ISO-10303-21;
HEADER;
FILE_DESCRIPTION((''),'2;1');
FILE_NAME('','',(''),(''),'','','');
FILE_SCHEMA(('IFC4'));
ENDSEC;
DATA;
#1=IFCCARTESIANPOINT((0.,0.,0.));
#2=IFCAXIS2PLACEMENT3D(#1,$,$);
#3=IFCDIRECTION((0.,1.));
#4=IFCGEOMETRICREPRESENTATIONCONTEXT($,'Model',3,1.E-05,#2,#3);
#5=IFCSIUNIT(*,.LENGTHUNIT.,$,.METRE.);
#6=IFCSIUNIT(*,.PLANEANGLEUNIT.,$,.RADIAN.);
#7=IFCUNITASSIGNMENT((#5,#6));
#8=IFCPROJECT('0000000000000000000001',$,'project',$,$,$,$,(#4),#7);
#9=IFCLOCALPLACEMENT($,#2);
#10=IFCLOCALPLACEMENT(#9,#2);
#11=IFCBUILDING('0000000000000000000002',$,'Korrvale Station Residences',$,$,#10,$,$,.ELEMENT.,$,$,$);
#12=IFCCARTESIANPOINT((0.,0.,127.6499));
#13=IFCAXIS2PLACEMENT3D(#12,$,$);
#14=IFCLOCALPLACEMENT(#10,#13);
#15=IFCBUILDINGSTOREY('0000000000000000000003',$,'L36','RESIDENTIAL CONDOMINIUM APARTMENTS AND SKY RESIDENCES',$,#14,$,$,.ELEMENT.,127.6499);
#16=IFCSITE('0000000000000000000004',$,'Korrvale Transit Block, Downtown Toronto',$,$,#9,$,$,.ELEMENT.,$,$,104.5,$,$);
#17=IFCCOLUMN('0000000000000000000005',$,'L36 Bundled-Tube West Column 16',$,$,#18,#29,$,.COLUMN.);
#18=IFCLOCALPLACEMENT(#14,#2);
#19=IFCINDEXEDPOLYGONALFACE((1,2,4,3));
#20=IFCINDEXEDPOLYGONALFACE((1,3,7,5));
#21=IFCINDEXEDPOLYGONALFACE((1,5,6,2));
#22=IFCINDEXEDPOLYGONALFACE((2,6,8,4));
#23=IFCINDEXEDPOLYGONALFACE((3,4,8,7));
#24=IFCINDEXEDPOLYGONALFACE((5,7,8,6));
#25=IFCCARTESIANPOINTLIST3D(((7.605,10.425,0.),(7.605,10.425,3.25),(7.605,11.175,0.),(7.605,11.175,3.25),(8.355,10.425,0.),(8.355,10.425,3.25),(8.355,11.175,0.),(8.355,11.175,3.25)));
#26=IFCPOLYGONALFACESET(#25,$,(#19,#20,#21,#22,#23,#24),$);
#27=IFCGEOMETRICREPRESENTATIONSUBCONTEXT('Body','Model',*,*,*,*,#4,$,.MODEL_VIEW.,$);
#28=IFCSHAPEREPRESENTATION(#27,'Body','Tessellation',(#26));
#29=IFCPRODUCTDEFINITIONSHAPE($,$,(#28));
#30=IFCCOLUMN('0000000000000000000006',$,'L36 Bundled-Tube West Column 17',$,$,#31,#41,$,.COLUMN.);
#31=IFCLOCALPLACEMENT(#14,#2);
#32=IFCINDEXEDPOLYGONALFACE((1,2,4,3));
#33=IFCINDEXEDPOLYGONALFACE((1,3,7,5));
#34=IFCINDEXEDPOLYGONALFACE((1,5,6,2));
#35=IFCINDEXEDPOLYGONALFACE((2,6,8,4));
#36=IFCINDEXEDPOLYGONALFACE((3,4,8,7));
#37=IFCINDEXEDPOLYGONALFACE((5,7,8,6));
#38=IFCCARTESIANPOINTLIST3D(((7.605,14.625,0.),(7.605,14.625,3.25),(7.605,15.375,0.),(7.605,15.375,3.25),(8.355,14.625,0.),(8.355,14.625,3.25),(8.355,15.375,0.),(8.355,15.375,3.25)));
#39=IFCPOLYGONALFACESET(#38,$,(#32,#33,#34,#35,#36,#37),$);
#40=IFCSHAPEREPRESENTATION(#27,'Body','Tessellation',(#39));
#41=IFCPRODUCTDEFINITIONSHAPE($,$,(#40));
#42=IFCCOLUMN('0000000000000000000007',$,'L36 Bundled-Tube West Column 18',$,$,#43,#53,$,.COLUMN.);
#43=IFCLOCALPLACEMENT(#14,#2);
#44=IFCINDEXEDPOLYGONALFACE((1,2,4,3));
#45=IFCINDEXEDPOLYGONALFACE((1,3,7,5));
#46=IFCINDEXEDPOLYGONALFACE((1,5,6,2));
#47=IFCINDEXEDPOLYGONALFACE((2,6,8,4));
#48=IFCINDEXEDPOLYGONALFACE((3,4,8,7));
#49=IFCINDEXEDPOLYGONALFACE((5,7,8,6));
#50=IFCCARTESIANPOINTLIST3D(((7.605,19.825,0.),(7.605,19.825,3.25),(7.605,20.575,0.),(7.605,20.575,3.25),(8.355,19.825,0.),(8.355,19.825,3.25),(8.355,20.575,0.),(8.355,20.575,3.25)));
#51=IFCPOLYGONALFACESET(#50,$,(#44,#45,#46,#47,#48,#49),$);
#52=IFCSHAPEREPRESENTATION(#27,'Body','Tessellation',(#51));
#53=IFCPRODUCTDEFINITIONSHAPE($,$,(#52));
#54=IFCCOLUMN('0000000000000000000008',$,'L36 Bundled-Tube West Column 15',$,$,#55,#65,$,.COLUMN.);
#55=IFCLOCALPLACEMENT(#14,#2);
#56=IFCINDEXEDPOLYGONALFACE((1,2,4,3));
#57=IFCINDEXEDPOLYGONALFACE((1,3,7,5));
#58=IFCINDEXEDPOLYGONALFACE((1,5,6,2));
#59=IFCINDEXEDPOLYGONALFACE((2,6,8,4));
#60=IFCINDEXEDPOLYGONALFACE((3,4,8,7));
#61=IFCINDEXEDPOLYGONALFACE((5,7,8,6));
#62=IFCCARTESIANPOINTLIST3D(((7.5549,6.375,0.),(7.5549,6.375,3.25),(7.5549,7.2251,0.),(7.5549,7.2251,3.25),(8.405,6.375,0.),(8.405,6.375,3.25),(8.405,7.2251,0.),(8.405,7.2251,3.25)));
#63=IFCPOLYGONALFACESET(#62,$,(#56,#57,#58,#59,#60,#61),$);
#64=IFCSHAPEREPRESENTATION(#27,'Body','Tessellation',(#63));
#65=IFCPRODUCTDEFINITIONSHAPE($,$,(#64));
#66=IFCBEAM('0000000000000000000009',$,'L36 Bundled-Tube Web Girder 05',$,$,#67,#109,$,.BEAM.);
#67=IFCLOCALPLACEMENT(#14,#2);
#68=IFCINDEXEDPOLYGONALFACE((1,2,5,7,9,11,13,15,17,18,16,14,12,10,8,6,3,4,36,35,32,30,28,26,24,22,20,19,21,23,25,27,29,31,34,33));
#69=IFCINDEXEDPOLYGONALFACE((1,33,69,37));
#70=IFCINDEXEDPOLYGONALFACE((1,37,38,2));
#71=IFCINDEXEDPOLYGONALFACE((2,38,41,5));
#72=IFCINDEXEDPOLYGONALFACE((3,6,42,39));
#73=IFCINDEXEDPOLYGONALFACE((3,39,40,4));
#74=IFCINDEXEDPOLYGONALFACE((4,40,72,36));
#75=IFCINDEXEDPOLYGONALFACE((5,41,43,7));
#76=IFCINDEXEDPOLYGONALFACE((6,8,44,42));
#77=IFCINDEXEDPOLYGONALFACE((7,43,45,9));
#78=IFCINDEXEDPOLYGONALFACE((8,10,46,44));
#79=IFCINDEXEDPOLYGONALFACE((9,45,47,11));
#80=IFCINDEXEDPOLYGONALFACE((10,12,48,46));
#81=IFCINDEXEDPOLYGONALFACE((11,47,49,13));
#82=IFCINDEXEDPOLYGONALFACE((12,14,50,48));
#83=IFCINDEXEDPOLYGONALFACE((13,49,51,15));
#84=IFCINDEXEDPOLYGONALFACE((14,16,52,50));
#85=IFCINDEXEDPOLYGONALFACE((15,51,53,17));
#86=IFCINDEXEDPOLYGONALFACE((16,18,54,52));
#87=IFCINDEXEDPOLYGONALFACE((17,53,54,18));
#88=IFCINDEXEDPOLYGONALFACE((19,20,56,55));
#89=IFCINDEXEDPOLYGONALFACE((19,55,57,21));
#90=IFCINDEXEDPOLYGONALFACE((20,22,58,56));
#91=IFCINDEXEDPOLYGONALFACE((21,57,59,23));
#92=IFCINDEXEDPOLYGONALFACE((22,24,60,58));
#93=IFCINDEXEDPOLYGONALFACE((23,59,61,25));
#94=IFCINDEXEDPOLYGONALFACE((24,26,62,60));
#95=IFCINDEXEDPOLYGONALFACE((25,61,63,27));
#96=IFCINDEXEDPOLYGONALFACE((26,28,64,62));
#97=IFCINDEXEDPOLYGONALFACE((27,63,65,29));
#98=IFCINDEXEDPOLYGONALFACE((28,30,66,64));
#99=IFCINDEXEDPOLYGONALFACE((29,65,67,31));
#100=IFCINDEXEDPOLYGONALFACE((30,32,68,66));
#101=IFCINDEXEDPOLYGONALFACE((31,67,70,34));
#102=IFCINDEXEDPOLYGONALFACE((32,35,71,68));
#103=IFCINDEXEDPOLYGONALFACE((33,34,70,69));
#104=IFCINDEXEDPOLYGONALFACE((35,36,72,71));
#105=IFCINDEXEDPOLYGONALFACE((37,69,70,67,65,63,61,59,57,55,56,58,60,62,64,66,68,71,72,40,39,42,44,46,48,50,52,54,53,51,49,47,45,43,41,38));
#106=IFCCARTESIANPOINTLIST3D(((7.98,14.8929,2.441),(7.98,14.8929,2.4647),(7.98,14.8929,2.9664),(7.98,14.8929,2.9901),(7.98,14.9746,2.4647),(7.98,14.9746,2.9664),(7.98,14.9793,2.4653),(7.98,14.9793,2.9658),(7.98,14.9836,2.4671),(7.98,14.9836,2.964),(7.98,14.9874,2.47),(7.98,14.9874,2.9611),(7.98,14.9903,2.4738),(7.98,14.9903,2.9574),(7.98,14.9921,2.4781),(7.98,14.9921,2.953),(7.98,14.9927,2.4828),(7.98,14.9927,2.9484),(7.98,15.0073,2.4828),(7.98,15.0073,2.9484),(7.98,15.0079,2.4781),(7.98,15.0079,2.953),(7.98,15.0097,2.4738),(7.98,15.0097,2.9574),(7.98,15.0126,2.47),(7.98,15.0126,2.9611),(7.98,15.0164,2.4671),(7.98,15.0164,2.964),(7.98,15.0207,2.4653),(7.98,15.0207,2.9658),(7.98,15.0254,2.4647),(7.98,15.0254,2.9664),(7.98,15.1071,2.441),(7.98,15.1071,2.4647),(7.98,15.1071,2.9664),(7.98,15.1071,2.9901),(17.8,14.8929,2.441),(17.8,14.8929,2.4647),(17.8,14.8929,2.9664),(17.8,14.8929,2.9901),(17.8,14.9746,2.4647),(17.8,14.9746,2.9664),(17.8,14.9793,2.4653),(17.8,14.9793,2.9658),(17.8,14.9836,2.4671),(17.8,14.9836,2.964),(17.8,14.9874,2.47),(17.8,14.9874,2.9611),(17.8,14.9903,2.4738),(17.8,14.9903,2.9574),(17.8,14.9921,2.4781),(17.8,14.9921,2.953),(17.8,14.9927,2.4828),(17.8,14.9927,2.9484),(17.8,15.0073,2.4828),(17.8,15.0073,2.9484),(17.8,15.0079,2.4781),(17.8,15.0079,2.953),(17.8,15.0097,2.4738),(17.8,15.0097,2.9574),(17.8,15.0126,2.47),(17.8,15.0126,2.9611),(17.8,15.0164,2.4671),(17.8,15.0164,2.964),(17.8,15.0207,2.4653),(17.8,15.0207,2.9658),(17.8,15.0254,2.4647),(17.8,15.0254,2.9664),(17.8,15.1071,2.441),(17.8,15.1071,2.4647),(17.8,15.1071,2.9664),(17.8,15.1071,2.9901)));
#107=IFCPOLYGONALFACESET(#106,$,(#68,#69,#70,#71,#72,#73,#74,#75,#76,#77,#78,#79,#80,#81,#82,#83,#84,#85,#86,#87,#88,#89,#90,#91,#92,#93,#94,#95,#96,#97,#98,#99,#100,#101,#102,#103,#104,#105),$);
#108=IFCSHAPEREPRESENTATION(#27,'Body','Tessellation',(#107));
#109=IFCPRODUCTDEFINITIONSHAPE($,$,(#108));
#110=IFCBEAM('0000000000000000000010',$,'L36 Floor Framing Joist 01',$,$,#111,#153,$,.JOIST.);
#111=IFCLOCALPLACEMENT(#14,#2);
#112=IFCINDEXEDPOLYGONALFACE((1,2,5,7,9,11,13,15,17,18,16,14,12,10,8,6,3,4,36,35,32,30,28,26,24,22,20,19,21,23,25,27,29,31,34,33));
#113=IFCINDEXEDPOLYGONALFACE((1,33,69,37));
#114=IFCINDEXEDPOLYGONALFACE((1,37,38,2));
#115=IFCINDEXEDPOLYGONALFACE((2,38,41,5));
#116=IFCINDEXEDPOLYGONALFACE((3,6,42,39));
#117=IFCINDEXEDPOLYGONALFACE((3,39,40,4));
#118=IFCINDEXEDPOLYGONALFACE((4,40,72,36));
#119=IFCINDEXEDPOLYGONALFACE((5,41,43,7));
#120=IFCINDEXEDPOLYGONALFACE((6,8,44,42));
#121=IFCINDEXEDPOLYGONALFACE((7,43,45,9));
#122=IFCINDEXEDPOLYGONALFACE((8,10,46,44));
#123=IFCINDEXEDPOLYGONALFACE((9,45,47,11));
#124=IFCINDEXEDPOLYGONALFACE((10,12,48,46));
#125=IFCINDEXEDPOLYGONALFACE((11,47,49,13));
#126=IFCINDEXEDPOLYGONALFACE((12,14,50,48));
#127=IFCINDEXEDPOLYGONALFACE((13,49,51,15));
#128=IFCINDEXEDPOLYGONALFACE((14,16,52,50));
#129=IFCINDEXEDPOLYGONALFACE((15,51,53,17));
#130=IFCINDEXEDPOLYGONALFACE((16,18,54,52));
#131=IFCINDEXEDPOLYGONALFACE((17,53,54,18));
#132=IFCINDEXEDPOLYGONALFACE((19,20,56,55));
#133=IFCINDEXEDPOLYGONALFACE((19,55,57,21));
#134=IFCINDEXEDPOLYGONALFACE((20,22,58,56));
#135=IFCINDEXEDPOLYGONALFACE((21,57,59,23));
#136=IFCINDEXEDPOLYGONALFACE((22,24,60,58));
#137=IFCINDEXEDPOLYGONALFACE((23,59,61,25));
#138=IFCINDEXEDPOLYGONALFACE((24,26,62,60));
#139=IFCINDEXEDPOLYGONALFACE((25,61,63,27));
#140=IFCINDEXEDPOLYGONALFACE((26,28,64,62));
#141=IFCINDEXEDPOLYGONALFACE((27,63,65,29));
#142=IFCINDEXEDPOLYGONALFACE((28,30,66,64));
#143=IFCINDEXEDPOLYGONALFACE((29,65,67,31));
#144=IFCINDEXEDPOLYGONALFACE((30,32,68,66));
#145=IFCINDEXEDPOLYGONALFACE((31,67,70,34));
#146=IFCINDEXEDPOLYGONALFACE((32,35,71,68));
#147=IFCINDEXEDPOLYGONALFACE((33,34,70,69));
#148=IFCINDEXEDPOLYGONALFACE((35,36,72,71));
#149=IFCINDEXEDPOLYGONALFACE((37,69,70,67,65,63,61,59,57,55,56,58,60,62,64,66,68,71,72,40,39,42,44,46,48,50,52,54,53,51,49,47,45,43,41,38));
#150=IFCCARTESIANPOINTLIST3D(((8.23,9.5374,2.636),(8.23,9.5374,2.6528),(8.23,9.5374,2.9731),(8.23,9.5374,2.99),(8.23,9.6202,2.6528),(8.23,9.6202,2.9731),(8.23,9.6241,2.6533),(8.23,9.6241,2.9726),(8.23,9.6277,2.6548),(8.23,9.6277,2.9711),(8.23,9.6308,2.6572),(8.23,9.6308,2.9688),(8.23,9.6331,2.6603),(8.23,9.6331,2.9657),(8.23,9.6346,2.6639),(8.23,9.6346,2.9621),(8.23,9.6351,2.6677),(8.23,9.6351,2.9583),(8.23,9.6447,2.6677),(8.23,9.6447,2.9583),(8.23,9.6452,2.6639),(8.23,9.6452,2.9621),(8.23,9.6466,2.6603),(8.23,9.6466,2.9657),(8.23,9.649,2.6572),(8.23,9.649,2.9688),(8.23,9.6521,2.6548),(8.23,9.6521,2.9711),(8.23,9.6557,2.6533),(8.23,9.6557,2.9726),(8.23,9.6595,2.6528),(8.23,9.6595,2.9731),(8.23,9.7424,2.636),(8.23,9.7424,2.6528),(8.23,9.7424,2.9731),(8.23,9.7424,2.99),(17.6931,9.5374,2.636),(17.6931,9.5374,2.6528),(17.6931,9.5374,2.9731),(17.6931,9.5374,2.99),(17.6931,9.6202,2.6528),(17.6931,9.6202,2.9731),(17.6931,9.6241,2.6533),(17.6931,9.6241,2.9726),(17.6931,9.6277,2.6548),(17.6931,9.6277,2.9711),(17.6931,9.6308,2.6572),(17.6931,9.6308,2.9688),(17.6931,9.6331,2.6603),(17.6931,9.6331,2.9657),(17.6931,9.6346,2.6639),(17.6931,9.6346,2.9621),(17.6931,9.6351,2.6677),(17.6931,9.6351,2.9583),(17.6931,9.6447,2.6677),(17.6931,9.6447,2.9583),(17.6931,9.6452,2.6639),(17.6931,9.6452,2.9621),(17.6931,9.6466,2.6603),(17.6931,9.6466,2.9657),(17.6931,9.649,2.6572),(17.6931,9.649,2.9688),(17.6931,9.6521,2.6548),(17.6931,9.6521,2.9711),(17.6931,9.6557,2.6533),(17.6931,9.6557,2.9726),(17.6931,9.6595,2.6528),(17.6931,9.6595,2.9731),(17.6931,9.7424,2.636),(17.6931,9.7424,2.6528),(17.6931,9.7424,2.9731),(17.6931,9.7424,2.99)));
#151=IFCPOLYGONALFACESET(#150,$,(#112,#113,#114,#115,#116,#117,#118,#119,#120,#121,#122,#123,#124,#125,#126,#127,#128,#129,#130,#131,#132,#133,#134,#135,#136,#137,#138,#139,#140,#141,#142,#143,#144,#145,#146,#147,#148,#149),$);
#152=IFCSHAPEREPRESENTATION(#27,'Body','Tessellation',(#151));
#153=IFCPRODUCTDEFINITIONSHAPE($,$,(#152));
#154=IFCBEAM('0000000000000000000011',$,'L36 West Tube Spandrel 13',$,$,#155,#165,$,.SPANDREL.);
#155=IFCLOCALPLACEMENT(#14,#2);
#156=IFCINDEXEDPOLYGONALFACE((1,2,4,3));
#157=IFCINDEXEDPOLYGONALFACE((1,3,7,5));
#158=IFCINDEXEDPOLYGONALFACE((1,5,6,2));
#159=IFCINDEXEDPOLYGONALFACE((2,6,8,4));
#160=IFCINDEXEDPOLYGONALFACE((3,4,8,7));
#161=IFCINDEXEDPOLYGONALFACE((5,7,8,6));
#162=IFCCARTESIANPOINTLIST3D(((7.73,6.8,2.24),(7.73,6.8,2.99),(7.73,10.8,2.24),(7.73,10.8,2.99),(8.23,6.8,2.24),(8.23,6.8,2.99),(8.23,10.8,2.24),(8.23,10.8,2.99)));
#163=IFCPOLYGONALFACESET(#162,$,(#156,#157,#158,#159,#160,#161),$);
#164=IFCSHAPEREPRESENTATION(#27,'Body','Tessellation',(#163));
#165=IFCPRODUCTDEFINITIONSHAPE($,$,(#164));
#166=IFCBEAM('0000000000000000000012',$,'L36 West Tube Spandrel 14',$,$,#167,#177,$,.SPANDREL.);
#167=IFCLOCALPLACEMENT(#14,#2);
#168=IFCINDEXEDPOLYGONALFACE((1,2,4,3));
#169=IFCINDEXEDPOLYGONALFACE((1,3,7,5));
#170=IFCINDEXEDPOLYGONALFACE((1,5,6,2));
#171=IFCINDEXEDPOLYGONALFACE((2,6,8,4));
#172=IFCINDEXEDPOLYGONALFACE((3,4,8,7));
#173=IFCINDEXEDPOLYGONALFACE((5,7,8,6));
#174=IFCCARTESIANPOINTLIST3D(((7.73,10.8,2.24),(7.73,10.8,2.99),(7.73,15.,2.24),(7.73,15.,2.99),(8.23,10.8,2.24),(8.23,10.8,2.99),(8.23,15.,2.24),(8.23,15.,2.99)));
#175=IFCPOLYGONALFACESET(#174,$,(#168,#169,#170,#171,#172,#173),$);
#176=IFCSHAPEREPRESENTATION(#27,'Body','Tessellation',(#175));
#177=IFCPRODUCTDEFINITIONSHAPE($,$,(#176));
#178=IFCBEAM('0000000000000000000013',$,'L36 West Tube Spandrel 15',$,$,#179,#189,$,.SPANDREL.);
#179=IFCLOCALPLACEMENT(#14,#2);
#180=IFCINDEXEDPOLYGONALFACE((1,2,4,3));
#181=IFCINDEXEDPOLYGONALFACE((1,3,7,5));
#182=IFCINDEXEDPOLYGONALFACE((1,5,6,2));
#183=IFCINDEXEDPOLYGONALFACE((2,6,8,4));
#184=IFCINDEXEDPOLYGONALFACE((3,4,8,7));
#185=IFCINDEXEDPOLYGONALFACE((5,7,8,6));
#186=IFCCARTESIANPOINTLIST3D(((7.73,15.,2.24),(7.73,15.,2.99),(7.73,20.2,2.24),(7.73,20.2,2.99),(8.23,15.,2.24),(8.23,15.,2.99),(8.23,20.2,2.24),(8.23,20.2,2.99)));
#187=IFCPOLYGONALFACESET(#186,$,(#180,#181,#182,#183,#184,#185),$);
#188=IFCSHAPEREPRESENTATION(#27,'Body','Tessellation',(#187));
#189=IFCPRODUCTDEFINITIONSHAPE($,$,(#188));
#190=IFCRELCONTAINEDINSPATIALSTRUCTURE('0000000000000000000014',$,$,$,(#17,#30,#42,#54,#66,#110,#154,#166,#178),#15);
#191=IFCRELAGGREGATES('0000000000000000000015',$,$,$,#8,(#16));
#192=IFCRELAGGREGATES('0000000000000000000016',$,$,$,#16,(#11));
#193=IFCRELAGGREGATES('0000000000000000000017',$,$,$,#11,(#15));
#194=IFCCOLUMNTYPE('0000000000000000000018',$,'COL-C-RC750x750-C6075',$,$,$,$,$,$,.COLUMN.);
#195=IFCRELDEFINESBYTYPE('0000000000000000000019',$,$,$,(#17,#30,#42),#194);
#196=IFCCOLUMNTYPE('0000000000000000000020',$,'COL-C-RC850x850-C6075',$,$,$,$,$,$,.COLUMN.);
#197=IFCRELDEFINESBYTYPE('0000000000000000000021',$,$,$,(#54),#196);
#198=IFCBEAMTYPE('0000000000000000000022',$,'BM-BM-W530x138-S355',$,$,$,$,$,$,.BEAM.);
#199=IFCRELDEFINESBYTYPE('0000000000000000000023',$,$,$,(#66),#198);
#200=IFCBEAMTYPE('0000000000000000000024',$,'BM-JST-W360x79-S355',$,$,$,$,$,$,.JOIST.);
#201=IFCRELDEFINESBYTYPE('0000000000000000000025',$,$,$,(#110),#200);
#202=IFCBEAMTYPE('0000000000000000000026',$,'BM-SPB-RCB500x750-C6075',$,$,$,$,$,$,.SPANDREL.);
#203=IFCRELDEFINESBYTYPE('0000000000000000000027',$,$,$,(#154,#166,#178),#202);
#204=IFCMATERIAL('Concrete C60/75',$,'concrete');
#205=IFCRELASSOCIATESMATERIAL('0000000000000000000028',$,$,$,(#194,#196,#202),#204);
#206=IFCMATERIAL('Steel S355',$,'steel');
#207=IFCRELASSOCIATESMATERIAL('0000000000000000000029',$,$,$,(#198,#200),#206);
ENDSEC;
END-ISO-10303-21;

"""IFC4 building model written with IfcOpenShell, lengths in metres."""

from ifc_helpers import new_model, si_unit, direction, frame, origin, origin_2d, place, context, subcontext, project, spatial, rectangle, i_section, extrude, material, material_profile, profile_set, type_object, element, save


model = new_model("IFC4")

# Units and contexts
model_context = context("Model", 3, precision=1e-05, world=origin(), true_north=direction((0.0, 1.0)))
body_context = subcontext(model_context, "Body", "Model", "MODEL_VIEW")
ifc_project = project(units=[si_unit("LENGTHUNIT", "METRE"), si_unit("PLANEANGLEUNIT", "RADIAN")], contexts=[model_context])

# Site, building, storey
site_placement = place(None, origin())
site = spatial("IfcSite", under=ifc_project, at=site_placement, Name="Korrvale Transit Block, Downtown Toronto", CompositionType="ELEMENT", RefElevation=104.5)
building_placement = place(site_placement, origin())
building = spatial("IfcBuilding", under=site, at=building_placement, Name="Korrvale Station Residences", CompositionType="ELEMENT")
storey_placement = place(building_placement, frame((0.0, 0.0, 127.6499)))
storey = spatial("IfcBuildingStorey", under=building, at=storey_placement, Name="L36", Description="RESIDENTIAL CONDOMINIUM APARTMENTS AND SKY RESIDENCES", CompositionType="ELEMENT", Elevation=127.6499)

# Columns
ifc_material_1 = material(Name="Concrete C60/75", Category="concrete")
ifc_material_profile_1 = material_profile(ifc_material_1, rectangle(XDim=0.75, YDim=0.75, at=origin_2d()), Name="RC750x750")
ifc_profile_set_1 = profile_set([ifc_material_profile_1], Name="Concrete C60/75")
column_type_1 = type_object("IfcColumnType", Name="COL-C-RC750x750-C6075", PredefinedType="COLUMN", material=ifc_profile_set_1)
for number, where, z_axis, x_axis, name in (
    (1, (7.98, 10.8, 0.0), (0.0, 0.0, 1.0), (1.0, 0.0, 0.0), "L36 Bundled-Tube West Column 16"),
    (2, (7.98, 15.0, 0.0), (0.0, 0.0, 1.0), (1.0, 0.0, 0.0), "L36 Bundled-Tube West Column 17"),
    (3, (7.98, 20.2, 0.0), (0.0, 0.0, 1.0), (1.0, 0.0, 0.0), "L36 Bundled-Tube West Column 18"),
):
    element("IfcColumn", number, at=place(storey_placement, frame(where, z_axis=z_axis, x_axis=x_axis)), inside=storey, type_object=column_type_1, Name=name, PredefinedType="COLUMN", context=body_context, shape_type="SweptSolid", body=[
        extrude(rectangle(XDim=0.75, YDim=0.75, at=origin_2d()), origin(), (0.0, 0.0, 1.0), 3.25),
    ])
ifc_material_profile_2 = material_profile(ifc_material_1, rectangle(XDim=0.8501, YDim=0.8501, at=origin_2d()), Name="RC850x850")
ifc_profile_set_2 = profile_set([ifc_material_profile_2], Name="Concrete C60/75")
column_type_2 = type_object("IfcColumnType", Name="COL-C-RC850x850-C6075", PredefinedType="COLUMN", material=ifc_profile_set_2)
column_placement = place(storey_placement, frame((7.98, 6.8, 0.0), z_axis=(0.0, 0.0, 1.0), x_axis=(1.0, 0.0, 0.0)))
element("IfcColumn", 4, at=column_placement, inside=storey, type_object=column_type_2, Name="L36 Bundled-Tube West Column 15", PredefinedType="COLUMN", context=body_context, shape_type="SweptSolid", body=[
    extrude(rectangle(XDim=0.8501, YDim=0.8501, at=origin_2d()), origin(), (0.0, 0.0, 1.0), 3.25),
])

# Beams
ifc_material_2 = material(Name="Steel S355", Category="steel")
ifc_material_profile_3 = material_profile(ifc_material_2, i_section(OverallWidth=0.2141, OverallDepth=0.5491, WebThickness=0.0146, FlangeThickness=0.0237, FilletRadius=0.0181, at=origin_2d()), Name="W530x138")
ifc_profile_set_3 = profile_set([ifc_material_profile_3], Name="Steel S355")
beam_type_1 = type_object("IfcBeamType", Name="BM-BM-W530x138-S355", PredefinedType="BEAM", material=ifc_profile_set_3)
beam_1_placement = place(storey_placement, frame((7.98, 15.0, 2.7156), z_axis=(1.0, 0.0, 0.0), x_axis=(0.0, 1.0, 0.0)))
element("IfcBeam", 5, at=beam_1_placement, inside=storey, type_object=beam_type_1, Name="L36 Bundled-Tube Web Girder 05", PredefinedType="BEAM", context=body_context, shape_type="SweptSolid", body=[
    extrude(i_section(OverallWidth=0.2141, OverallDepth=0.5491, WebThickness=0.0146, FlangeThickness=0.0237, FilletRadius=0.0181, at=origin_2d()), origin(), (0.0, 0.0, 1.0), 9.8201),
])
ifc_material_profile_4 = material_profile(ifc_material_2, i_section(OverallWidth=0.2051, OverallDepth=0.354, WebThickness=0.0095, FlangeThickness=0.0168, FilletRadius=0.0149, at=origin_2d()), Name="W360x79")
ifc_profile_set_4 = profile_set([ifc_material_profile_4], Name="Steel S355")
beam_type_2 = type_object("IfcBeamType", Name="BM-JST-W360x79-S355", PredefinedType="JOIST", material=ifc_profile_set_4)
beam_2_placement = place(storey_placement, frame((8.23, 9.6399, 2.813), z_axis=(1.0, 0.0, 0.0), x_axis=(0.0, 1.0, 0.0)))
element("IfcBeam", 6, at=beam_2_placement, inside=storey, type_object=beam_type_2, Name="L36 Floor Framing Joist 01", PredefinedType="JOIST", context=body_context, shape_type="SweptSolid", body=[
    extrude(i_section(OverallWidth=0.2051, OverallDepth=0.354, WebThickness=0.0095, FlangeThickness=0.0168, FilletRadius=0.0149, at=origin_2d()), origin(), (0.0, 0.0, 1.0), 9.4631),
])
ifc_material_profile_5 = material_profile(ifc_material_1, rectangle(XDim=0.5, YDim=0.75, at=origin_2d()), Name="RCB500x750")
ifc_profile_set_5 = profile_set([ifc_material_profile_5], Name="Concrete C60/75")
beam_type_3 = type_object("IfcBeamType", Name="BM-SPB-RCB500x750-C6075", PredefinedType="SPANDREL", material=ifc_profile_set_5)
beam_3_placement = place(storey_placement, frame((7.98, 6.8, 2.615), z_axis=(0.0, 1.0, 0.0), x_axis=(-1.0, 0.0, 0.0)))
element("IfcBeam", 7, at=beam_3_placement, inside=storey, type_object=beam_type_3, Name="L36 West Tube Spandrel 13", PredefinedType="SPANDREL", context=body_context, shape_type="SweptSolid", body=[
    extrude(rectangle(XDim=0.5, YDim=0.75, at=origin_2d()), origin(), (0.0, 0.0, 1.0), 4.0),
])
beam_4_placement = place(storey_placement, frame((7.98, 10.8, 2.615), z_axis=(0.0, 1.0, 0.0), x_axis=(-1.0, 0.0, 0.0)))
element("IfcBeam", 8, at=beam_4_placement, inside=storey, type_object=beam_type_3, Name="L36 West Tube Spandrel 14", PredefinedType="SPANDREL", context=body_context, shape_type="SweptSolid", body=[
    extrude(rectangle(XDim=0.5, YDim=0.75, at=origin_2d()), origin(), (0.0, 0.0, 1.0), 4.2),
])
beam_5_placement = place(storey_placement, frame((7.98, 15.0, 2.615), z_axis=(0.0, 1.0, 0.0), x_axis=(-1.0, 0.0, 0.0)))
element("IfcBeam", 9, at=beam_5_placement, inside=storey, type_object=beam_type_3, Name="L36 West Tube Spandrel 15", PredefinedType="SPANDREL", context=body_context, shape_type="SweptSolid", body=[
    extrude(rectangle(XDim=0.5, YDim=0.75, at=origin_2d()), origin(), (0.0, 0.0, 1.0), 5.2),
])

save(model, "model.ifc")
